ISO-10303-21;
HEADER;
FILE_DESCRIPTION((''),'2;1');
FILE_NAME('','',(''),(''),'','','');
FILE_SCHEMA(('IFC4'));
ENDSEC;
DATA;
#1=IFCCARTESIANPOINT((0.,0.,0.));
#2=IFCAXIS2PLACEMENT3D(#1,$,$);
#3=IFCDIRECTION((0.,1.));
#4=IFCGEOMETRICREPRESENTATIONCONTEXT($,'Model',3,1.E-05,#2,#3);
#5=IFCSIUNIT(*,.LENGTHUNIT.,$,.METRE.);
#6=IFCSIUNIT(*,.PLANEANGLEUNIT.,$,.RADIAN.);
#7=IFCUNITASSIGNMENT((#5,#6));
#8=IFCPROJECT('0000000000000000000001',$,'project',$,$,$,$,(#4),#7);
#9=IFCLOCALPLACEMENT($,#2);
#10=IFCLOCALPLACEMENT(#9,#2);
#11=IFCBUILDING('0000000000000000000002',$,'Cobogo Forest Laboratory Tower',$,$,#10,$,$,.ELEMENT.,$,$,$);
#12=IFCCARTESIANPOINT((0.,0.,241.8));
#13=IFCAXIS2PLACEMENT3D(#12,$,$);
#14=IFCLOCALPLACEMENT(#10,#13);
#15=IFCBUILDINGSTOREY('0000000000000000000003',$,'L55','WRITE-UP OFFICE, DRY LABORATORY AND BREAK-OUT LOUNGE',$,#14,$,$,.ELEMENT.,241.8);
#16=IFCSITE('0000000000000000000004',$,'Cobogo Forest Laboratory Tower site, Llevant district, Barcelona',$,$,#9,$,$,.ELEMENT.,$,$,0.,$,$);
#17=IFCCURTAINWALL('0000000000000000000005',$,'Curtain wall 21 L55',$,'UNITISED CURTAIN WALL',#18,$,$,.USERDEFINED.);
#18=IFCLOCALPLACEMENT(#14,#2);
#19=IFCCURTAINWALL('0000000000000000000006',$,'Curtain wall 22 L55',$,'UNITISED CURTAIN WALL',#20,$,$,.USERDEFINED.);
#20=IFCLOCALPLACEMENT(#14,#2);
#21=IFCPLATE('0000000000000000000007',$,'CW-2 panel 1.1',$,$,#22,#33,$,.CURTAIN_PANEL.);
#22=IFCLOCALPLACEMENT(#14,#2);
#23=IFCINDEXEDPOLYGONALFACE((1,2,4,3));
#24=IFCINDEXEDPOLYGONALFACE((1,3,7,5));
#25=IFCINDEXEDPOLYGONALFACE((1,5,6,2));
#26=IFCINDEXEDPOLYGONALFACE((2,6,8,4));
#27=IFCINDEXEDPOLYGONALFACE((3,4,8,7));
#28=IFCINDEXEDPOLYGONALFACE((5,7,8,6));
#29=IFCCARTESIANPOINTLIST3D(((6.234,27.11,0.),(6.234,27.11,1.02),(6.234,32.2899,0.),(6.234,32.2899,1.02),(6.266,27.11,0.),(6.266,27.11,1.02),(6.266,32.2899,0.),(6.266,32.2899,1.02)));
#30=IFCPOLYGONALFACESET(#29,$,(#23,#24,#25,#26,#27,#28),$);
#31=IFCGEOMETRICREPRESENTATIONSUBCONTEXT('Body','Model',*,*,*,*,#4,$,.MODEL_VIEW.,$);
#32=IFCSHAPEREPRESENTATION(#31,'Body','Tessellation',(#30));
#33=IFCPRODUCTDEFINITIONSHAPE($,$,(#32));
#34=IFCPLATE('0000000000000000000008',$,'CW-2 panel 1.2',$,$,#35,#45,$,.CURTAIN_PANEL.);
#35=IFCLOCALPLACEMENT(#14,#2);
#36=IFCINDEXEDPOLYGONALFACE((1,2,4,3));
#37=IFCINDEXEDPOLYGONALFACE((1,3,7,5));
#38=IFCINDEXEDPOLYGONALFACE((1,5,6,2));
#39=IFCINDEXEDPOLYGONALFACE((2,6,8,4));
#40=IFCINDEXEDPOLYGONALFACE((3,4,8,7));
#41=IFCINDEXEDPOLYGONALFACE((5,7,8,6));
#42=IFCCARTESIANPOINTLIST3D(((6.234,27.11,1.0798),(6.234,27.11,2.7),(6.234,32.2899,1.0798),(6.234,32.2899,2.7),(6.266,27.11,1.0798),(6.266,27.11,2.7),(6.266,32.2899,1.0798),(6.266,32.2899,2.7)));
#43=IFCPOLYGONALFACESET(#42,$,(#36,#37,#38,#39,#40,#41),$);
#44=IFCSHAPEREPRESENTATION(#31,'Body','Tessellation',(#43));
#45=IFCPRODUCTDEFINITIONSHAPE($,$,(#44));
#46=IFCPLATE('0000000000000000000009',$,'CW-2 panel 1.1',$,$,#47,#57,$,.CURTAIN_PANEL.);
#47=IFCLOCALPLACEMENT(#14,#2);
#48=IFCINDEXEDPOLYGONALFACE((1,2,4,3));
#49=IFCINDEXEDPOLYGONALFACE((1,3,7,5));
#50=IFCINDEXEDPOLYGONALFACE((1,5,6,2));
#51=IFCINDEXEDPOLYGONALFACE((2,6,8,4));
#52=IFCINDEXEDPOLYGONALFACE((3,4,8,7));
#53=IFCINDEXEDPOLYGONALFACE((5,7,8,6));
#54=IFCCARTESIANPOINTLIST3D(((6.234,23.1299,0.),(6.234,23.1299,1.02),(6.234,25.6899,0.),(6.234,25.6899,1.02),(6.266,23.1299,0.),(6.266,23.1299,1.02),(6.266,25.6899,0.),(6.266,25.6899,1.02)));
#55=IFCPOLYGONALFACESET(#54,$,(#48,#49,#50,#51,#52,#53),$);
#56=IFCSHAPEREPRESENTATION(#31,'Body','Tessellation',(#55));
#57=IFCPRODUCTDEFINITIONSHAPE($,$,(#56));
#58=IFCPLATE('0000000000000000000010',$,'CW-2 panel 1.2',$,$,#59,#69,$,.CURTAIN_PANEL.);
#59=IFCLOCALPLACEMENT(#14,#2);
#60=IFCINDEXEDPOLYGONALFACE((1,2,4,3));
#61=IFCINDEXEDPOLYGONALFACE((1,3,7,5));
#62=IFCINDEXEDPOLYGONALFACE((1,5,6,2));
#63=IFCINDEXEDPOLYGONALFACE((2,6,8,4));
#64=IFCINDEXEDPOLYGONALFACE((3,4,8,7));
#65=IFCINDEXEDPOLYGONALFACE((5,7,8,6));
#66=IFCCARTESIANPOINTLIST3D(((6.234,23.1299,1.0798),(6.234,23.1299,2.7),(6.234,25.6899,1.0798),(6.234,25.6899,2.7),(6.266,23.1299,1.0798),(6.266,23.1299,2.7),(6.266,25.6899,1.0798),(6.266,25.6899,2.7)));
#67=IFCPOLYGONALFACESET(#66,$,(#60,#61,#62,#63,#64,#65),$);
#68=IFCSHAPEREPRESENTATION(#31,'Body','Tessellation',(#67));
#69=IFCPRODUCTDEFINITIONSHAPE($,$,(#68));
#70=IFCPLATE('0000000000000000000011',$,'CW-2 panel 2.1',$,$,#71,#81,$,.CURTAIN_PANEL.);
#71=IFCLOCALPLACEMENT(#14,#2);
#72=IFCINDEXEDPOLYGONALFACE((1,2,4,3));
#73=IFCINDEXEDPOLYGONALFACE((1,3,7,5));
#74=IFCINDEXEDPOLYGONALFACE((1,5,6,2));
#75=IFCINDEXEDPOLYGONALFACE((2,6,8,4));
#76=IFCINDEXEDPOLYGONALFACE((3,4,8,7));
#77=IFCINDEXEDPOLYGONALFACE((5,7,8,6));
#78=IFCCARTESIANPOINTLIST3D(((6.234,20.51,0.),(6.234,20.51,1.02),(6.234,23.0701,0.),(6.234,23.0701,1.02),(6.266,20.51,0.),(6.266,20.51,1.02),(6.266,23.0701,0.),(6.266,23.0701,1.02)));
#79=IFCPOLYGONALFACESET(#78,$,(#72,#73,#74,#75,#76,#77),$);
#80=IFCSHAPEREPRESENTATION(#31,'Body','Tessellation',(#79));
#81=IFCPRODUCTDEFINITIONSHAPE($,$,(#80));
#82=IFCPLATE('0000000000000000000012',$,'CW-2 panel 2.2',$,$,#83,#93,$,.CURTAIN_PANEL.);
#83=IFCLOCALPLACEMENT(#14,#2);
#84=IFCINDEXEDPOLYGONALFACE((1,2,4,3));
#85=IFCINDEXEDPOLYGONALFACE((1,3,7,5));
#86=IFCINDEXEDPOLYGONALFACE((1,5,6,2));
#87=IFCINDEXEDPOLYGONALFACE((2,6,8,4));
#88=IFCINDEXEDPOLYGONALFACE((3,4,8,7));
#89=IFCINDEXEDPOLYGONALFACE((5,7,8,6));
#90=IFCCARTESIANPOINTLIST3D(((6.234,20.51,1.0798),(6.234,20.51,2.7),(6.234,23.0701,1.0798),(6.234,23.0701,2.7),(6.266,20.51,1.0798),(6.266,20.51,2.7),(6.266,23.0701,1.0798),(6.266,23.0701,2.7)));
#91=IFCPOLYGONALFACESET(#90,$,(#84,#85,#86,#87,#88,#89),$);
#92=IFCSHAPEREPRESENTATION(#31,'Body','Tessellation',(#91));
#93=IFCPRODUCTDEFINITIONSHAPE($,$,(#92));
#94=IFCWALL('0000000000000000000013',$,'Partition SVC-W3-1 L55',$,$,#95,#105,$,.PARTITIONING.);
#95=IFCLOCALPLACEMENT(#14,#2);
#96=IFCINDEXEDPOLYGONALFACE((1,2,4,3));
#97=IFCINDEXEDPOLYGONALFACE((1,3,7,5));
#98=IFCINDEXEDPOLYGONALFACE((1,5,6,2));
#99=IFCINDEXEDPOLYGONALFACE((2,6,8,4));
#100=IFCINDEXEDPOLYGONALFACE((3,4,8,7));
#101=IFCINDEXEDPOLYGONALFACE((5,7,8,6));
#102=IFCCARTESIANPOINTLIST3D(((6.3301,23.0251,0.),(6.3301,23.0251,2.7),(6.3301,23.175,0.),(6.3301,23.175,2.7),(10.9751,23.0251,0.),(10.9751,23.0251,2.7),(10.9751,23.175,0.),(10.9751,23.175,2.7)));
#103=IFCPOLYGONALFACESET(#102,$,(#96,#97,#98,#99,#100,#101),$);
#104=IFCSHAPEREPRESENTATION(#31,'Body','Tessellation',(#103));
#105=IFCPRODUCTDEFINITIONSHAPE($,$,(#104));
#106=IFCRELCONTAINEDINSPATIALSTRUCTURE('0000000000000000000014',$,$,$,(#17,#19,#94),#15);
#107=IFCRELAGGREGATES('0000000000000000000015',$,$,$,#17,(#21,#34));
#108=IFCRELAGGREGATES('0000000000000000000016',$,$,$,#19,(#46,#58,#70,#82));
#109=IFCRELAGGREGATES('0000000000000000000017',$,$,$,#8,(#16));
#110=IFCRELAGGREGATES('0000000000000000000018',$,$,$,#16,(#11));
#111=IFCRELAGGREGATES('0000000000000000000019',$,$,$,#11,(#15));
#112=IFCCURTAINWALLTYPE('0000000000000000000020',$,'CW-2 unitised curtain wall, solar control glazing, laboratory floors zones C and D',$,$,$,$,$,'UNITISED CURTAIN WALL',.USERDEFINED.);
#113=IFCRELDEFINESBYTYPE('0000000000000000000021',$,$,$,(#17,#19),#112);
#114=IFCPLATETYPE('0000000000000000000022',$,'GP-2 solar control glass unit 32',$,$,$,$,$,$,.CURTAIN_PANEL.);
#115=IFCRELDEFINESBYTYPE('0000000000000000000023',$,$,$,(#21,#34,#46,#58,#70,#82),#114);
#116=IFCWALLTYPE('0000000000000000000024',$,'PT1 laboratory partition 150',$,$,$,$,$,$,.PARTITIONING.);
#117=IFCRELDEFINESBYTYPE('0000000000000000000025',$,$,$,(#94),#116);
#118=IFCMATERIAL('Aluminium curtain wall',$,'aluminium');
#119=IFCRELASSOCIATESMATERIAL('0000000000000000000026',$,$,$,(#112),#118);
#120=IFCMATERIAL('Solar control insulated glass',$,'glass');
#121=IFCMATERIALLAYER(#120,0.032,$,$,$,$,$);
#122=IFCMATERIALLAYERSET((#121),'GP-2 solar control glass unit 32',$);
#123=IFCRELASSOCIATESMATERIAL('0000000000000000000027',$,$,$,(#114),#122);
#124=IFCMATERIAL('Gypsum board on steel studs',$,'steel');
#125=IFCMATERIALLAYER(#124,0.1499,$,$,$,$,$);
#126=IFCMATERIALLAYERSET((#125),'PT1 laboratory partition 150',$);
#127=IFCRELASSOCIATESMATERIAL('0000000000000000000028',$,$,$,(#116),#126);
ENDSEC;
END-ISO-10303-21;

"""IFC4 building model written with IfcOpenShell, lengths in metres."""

from ifc_helpers import new_model, si_unit, direction, frame, frame_2d, origin, origin_2d, place, context, subcontext, project, spatial, rectangle, extrude, material, layer, layer_set, type_object, element, aggregate, save


model = new_model("IFC4")

# Units and contexts
model_context = context("Model", 3, precision=1e-05, world=origin(), true_north=direction((0.0, 1.0)))
body_context = subcontext(model_context, "Body", "Model", "MODEL_VIEW")
ifc_project = project(units=[si_unit("LENGTHUNIT", "METRE"), si_unit("PLANEANGLEUNIT", "RADIAN")], contexts=[model_context])

# Site, building, storey
site_placement = place(None, origin())
site = spatial("IfcSite", under=ifc_project, at=site_placement, Name="Cobogo Forest Laboratory Tower site, Llevant district, Barcelona", CompositionType="ELEMENT", RefElevation=0.0)
building_placement = place(site_placement, origin())
building = spatial("IfcBuilding", under=site, at=building_placement, Name="Cobogo Forest Laboratory Tower", CompositionType="ELEMENT")
storey_placement = place(building_placement, frame((0.0, 0.0, 241.8)))
storey = spatial("IfcBuildingStorey", under=building, at=storey_placement, Name="L55", Description="WRITE-UP OFFICE, DRY LABORATORY AND BREAK-OUT LOUNGE", CompositionType="ELEMENT", Elevation=241.8)

# Shared definitions
ifc_material_1 = material(Name="Aluminium curtain wall", Category="aluminium")
curtain_wall_type = type_object("IfcCurtainWallType", Name="CW-2 unitised curtain wall, solar control glazing, laboratory floors zones C and D", ElementType="UNITISED CURTAIN WALL", PredefinedType="USERDEFINED", material=ifc_material_1)

# Curtain walls
curtain_wall_1_placement = place(storey_placement, origin())
curtain_wall_1 = element("IfcCurtainWall", 1, at=curtain_wall_1_placement, inside=storey, type_object=curtain_wall_type, Name="Curtain wall 21 L55", ObjectType="UNITISED CURTAIN WALL", PredefinedType="USERDEFINED")
curtain_wall_2_placement = place(storey_placement, origin())
curtain_wall_2 = element("IfcCurtainWall", 2, at=curtain_wall_2_placement, inside=storey, type_object=curtain_wall_type, Name="Curtain wall 22 L55", ObjectType="UNITISED CURTAIN WALL", PredefinedType="USERDEFINED")

# Plates
ifc_material_2 = material(Name="Solar control insulated glass", Category="glass")
ifc_layer_1 = layer(ifc_material_2, 0.032)
ifc_layer_set_1 = layer_set([ifc_layer_1], Name="GP-2 solar control glass unit 32")
plate_type_1 = type_object("IfcPlateType", Name="GP-2 solar control glass unit 32", PredefinedType="CURTAIN_PANEL", material=ifc_layer_set_1)
plate_1_placement = place(storey_placement, frame((6.25, 29.7, 0.0), z_axis=(0.0, 0.0, 1.0), x_axis=(0.0, -1.0, 0.0)))
plate_1 = element("IfcPlate", 3, at=plate_1_placement, type_object=plate_type_1, Name="CW-2 panel 1.1", PredefinedType="CURTAIN_PANEL", context=body_context, shape_type="SweptSolid", body=[
    extrude(rectangle(XDim=5.1799, YDim=0.032, at=origin_2d()), origin(), (0.0, 0.0, 1.0), 1.02),
])
plate_2_placement = place(storey_placement, frame((6.25, 29.7, 1.0798), z_axis=(0.0, 0.0, 1.0), x_axis=(0.0, -1.0, 0.0)))
plate_2 = element("IfcPlate", 4, at=plate_2_placement, type_object=plate_type_1, Name="CW-2 panel 1.2", PredefinedType="CURTAIN_PANEL", context=body_context, shape_type="SweptSolid", body=[
    extrude(rectangle(XDim=5.1799, YDim=0.032, at=origin_2d()), origin(), (0.0, 0.0, 1.0), 1.6201),
])
aggregate(curtain_wall_1, [plate_1, plate_2])
plate_3_placement = place(storey_placement, frame((6.25, 24.4099, 0.0), z_axis=(0.0, 0.0, 1.0), x_axis=(0.0, -1.0, 0.0)))
plate_3 = element("IfcPlate", 5, at=plate_3_placement, type_object=plate_type_1, Name="CW-2 panel 1.1", PredefinedType="CURTAIN_PANEL", context=body_context, shape_type="SweptSolid", body=[
    extrude(rectangle(XDim=2.5601, YDim=0.032, at=origin_2d()), origin(), (0.0, 0.0, 1.0), 1.02),
])
plate_4_placement = place(storey_placement, frame((6.25, 24.4099, 1.0798), z_axis=(0.0, 0.0, 1.0), x_axis=(0.0, -1.0, 0.0)))
plate_4 = element("IfcPlate", 6, at=plate_4_placement, type_object=plate_type_1, Name="CW-2 panel 1.2", PredefinedType="CURTAIN_PANEL", context=body_context, shape_type="SweptSolid", body=[
    extrude(rectangle(XDim=2.5601, YDim=0.032, at=origin_2d()), origin(), (0.0, 0.0, 1.0), 1.6201),
])
plate_5_placement = place(storey_placement, frame((6.25, 21.79, 0.0), z_axis=(0.0, 0.0, 1.0), x_axis=(0.0, -1.0, 0.0)))
plate_5 = element("IfcPlate", 7, at=plate_5_placement, type_object=plate_type_1, Name="CW-2 panel 2.1", PredefinedType="CURTAIN_PANEL", context=body_context, shape_type="SweptSolid", body=[
    extrude(rectangle(XDim=2.5601, YDim=0.032, at=origin_2d()), origin(), (0.0, 0.0, 1.0), 1.02),
])
plate_6_placement = place(storey_placement, frame((6.25, 21.79, 1.0798), z_axis=(0.0, 0.0, 1.0), x_axis=(0.0, -1.0, 0.0)))
plate_6 = element("IfcPlate", 8, at=plate_6_placement, type_object=plate_type_1, Name="CW-2 panel 2.2", PredefinedType="CURTAIN_PANEL", context=body_context, shape_type="SweptSolid", body=[
    extrude(rectangle(XDim=2.5601, YDim=0.032, at=origin_2d()), origin(), (0.0, 0.0, 1.0), 1.6201),
])
aggregate(curtain_wall_2, [plate_3, plate_4, plate_5, plate_6])

# Wall
ifc_material_3 = material(Name="Gypsum board on steel studs", Category="steel")
ifc_layer_2 = layer(ifc_material_3, 0.1499)
ifc_layer_set_2 = layer_set([ifc_layer_2], Name="PT1 laboratory partition 150")
wall_type = type_object("IfcWallType", Name="PT1 laboratory partition 150", PredefinedType="PARTITIONING", material=ifc_layer_set_2)
wall_placement = place(storey_placement, frame((6.3301, 23.1001, 0.0), z_axis=(0.0, 0.0, 1.0), x_axis=(1.0, 0.0, 0.0)))
element("IfcWall", 9, at=wall_placement, inside=storey, type_object=wall_type, Name="Partition SVC-W3-1 L55", PredefinedType="PARTITIONING", context=body_context, shape_type="SweptSolid", body=[
    extrude(rectangle(XDim=4.645, YDim=0.1499, at=frame_2d((2.3225, 0.0))), origin(), (0.0, 0.0, 1.0), 2.7),
])

save(model, "model.ifc")
